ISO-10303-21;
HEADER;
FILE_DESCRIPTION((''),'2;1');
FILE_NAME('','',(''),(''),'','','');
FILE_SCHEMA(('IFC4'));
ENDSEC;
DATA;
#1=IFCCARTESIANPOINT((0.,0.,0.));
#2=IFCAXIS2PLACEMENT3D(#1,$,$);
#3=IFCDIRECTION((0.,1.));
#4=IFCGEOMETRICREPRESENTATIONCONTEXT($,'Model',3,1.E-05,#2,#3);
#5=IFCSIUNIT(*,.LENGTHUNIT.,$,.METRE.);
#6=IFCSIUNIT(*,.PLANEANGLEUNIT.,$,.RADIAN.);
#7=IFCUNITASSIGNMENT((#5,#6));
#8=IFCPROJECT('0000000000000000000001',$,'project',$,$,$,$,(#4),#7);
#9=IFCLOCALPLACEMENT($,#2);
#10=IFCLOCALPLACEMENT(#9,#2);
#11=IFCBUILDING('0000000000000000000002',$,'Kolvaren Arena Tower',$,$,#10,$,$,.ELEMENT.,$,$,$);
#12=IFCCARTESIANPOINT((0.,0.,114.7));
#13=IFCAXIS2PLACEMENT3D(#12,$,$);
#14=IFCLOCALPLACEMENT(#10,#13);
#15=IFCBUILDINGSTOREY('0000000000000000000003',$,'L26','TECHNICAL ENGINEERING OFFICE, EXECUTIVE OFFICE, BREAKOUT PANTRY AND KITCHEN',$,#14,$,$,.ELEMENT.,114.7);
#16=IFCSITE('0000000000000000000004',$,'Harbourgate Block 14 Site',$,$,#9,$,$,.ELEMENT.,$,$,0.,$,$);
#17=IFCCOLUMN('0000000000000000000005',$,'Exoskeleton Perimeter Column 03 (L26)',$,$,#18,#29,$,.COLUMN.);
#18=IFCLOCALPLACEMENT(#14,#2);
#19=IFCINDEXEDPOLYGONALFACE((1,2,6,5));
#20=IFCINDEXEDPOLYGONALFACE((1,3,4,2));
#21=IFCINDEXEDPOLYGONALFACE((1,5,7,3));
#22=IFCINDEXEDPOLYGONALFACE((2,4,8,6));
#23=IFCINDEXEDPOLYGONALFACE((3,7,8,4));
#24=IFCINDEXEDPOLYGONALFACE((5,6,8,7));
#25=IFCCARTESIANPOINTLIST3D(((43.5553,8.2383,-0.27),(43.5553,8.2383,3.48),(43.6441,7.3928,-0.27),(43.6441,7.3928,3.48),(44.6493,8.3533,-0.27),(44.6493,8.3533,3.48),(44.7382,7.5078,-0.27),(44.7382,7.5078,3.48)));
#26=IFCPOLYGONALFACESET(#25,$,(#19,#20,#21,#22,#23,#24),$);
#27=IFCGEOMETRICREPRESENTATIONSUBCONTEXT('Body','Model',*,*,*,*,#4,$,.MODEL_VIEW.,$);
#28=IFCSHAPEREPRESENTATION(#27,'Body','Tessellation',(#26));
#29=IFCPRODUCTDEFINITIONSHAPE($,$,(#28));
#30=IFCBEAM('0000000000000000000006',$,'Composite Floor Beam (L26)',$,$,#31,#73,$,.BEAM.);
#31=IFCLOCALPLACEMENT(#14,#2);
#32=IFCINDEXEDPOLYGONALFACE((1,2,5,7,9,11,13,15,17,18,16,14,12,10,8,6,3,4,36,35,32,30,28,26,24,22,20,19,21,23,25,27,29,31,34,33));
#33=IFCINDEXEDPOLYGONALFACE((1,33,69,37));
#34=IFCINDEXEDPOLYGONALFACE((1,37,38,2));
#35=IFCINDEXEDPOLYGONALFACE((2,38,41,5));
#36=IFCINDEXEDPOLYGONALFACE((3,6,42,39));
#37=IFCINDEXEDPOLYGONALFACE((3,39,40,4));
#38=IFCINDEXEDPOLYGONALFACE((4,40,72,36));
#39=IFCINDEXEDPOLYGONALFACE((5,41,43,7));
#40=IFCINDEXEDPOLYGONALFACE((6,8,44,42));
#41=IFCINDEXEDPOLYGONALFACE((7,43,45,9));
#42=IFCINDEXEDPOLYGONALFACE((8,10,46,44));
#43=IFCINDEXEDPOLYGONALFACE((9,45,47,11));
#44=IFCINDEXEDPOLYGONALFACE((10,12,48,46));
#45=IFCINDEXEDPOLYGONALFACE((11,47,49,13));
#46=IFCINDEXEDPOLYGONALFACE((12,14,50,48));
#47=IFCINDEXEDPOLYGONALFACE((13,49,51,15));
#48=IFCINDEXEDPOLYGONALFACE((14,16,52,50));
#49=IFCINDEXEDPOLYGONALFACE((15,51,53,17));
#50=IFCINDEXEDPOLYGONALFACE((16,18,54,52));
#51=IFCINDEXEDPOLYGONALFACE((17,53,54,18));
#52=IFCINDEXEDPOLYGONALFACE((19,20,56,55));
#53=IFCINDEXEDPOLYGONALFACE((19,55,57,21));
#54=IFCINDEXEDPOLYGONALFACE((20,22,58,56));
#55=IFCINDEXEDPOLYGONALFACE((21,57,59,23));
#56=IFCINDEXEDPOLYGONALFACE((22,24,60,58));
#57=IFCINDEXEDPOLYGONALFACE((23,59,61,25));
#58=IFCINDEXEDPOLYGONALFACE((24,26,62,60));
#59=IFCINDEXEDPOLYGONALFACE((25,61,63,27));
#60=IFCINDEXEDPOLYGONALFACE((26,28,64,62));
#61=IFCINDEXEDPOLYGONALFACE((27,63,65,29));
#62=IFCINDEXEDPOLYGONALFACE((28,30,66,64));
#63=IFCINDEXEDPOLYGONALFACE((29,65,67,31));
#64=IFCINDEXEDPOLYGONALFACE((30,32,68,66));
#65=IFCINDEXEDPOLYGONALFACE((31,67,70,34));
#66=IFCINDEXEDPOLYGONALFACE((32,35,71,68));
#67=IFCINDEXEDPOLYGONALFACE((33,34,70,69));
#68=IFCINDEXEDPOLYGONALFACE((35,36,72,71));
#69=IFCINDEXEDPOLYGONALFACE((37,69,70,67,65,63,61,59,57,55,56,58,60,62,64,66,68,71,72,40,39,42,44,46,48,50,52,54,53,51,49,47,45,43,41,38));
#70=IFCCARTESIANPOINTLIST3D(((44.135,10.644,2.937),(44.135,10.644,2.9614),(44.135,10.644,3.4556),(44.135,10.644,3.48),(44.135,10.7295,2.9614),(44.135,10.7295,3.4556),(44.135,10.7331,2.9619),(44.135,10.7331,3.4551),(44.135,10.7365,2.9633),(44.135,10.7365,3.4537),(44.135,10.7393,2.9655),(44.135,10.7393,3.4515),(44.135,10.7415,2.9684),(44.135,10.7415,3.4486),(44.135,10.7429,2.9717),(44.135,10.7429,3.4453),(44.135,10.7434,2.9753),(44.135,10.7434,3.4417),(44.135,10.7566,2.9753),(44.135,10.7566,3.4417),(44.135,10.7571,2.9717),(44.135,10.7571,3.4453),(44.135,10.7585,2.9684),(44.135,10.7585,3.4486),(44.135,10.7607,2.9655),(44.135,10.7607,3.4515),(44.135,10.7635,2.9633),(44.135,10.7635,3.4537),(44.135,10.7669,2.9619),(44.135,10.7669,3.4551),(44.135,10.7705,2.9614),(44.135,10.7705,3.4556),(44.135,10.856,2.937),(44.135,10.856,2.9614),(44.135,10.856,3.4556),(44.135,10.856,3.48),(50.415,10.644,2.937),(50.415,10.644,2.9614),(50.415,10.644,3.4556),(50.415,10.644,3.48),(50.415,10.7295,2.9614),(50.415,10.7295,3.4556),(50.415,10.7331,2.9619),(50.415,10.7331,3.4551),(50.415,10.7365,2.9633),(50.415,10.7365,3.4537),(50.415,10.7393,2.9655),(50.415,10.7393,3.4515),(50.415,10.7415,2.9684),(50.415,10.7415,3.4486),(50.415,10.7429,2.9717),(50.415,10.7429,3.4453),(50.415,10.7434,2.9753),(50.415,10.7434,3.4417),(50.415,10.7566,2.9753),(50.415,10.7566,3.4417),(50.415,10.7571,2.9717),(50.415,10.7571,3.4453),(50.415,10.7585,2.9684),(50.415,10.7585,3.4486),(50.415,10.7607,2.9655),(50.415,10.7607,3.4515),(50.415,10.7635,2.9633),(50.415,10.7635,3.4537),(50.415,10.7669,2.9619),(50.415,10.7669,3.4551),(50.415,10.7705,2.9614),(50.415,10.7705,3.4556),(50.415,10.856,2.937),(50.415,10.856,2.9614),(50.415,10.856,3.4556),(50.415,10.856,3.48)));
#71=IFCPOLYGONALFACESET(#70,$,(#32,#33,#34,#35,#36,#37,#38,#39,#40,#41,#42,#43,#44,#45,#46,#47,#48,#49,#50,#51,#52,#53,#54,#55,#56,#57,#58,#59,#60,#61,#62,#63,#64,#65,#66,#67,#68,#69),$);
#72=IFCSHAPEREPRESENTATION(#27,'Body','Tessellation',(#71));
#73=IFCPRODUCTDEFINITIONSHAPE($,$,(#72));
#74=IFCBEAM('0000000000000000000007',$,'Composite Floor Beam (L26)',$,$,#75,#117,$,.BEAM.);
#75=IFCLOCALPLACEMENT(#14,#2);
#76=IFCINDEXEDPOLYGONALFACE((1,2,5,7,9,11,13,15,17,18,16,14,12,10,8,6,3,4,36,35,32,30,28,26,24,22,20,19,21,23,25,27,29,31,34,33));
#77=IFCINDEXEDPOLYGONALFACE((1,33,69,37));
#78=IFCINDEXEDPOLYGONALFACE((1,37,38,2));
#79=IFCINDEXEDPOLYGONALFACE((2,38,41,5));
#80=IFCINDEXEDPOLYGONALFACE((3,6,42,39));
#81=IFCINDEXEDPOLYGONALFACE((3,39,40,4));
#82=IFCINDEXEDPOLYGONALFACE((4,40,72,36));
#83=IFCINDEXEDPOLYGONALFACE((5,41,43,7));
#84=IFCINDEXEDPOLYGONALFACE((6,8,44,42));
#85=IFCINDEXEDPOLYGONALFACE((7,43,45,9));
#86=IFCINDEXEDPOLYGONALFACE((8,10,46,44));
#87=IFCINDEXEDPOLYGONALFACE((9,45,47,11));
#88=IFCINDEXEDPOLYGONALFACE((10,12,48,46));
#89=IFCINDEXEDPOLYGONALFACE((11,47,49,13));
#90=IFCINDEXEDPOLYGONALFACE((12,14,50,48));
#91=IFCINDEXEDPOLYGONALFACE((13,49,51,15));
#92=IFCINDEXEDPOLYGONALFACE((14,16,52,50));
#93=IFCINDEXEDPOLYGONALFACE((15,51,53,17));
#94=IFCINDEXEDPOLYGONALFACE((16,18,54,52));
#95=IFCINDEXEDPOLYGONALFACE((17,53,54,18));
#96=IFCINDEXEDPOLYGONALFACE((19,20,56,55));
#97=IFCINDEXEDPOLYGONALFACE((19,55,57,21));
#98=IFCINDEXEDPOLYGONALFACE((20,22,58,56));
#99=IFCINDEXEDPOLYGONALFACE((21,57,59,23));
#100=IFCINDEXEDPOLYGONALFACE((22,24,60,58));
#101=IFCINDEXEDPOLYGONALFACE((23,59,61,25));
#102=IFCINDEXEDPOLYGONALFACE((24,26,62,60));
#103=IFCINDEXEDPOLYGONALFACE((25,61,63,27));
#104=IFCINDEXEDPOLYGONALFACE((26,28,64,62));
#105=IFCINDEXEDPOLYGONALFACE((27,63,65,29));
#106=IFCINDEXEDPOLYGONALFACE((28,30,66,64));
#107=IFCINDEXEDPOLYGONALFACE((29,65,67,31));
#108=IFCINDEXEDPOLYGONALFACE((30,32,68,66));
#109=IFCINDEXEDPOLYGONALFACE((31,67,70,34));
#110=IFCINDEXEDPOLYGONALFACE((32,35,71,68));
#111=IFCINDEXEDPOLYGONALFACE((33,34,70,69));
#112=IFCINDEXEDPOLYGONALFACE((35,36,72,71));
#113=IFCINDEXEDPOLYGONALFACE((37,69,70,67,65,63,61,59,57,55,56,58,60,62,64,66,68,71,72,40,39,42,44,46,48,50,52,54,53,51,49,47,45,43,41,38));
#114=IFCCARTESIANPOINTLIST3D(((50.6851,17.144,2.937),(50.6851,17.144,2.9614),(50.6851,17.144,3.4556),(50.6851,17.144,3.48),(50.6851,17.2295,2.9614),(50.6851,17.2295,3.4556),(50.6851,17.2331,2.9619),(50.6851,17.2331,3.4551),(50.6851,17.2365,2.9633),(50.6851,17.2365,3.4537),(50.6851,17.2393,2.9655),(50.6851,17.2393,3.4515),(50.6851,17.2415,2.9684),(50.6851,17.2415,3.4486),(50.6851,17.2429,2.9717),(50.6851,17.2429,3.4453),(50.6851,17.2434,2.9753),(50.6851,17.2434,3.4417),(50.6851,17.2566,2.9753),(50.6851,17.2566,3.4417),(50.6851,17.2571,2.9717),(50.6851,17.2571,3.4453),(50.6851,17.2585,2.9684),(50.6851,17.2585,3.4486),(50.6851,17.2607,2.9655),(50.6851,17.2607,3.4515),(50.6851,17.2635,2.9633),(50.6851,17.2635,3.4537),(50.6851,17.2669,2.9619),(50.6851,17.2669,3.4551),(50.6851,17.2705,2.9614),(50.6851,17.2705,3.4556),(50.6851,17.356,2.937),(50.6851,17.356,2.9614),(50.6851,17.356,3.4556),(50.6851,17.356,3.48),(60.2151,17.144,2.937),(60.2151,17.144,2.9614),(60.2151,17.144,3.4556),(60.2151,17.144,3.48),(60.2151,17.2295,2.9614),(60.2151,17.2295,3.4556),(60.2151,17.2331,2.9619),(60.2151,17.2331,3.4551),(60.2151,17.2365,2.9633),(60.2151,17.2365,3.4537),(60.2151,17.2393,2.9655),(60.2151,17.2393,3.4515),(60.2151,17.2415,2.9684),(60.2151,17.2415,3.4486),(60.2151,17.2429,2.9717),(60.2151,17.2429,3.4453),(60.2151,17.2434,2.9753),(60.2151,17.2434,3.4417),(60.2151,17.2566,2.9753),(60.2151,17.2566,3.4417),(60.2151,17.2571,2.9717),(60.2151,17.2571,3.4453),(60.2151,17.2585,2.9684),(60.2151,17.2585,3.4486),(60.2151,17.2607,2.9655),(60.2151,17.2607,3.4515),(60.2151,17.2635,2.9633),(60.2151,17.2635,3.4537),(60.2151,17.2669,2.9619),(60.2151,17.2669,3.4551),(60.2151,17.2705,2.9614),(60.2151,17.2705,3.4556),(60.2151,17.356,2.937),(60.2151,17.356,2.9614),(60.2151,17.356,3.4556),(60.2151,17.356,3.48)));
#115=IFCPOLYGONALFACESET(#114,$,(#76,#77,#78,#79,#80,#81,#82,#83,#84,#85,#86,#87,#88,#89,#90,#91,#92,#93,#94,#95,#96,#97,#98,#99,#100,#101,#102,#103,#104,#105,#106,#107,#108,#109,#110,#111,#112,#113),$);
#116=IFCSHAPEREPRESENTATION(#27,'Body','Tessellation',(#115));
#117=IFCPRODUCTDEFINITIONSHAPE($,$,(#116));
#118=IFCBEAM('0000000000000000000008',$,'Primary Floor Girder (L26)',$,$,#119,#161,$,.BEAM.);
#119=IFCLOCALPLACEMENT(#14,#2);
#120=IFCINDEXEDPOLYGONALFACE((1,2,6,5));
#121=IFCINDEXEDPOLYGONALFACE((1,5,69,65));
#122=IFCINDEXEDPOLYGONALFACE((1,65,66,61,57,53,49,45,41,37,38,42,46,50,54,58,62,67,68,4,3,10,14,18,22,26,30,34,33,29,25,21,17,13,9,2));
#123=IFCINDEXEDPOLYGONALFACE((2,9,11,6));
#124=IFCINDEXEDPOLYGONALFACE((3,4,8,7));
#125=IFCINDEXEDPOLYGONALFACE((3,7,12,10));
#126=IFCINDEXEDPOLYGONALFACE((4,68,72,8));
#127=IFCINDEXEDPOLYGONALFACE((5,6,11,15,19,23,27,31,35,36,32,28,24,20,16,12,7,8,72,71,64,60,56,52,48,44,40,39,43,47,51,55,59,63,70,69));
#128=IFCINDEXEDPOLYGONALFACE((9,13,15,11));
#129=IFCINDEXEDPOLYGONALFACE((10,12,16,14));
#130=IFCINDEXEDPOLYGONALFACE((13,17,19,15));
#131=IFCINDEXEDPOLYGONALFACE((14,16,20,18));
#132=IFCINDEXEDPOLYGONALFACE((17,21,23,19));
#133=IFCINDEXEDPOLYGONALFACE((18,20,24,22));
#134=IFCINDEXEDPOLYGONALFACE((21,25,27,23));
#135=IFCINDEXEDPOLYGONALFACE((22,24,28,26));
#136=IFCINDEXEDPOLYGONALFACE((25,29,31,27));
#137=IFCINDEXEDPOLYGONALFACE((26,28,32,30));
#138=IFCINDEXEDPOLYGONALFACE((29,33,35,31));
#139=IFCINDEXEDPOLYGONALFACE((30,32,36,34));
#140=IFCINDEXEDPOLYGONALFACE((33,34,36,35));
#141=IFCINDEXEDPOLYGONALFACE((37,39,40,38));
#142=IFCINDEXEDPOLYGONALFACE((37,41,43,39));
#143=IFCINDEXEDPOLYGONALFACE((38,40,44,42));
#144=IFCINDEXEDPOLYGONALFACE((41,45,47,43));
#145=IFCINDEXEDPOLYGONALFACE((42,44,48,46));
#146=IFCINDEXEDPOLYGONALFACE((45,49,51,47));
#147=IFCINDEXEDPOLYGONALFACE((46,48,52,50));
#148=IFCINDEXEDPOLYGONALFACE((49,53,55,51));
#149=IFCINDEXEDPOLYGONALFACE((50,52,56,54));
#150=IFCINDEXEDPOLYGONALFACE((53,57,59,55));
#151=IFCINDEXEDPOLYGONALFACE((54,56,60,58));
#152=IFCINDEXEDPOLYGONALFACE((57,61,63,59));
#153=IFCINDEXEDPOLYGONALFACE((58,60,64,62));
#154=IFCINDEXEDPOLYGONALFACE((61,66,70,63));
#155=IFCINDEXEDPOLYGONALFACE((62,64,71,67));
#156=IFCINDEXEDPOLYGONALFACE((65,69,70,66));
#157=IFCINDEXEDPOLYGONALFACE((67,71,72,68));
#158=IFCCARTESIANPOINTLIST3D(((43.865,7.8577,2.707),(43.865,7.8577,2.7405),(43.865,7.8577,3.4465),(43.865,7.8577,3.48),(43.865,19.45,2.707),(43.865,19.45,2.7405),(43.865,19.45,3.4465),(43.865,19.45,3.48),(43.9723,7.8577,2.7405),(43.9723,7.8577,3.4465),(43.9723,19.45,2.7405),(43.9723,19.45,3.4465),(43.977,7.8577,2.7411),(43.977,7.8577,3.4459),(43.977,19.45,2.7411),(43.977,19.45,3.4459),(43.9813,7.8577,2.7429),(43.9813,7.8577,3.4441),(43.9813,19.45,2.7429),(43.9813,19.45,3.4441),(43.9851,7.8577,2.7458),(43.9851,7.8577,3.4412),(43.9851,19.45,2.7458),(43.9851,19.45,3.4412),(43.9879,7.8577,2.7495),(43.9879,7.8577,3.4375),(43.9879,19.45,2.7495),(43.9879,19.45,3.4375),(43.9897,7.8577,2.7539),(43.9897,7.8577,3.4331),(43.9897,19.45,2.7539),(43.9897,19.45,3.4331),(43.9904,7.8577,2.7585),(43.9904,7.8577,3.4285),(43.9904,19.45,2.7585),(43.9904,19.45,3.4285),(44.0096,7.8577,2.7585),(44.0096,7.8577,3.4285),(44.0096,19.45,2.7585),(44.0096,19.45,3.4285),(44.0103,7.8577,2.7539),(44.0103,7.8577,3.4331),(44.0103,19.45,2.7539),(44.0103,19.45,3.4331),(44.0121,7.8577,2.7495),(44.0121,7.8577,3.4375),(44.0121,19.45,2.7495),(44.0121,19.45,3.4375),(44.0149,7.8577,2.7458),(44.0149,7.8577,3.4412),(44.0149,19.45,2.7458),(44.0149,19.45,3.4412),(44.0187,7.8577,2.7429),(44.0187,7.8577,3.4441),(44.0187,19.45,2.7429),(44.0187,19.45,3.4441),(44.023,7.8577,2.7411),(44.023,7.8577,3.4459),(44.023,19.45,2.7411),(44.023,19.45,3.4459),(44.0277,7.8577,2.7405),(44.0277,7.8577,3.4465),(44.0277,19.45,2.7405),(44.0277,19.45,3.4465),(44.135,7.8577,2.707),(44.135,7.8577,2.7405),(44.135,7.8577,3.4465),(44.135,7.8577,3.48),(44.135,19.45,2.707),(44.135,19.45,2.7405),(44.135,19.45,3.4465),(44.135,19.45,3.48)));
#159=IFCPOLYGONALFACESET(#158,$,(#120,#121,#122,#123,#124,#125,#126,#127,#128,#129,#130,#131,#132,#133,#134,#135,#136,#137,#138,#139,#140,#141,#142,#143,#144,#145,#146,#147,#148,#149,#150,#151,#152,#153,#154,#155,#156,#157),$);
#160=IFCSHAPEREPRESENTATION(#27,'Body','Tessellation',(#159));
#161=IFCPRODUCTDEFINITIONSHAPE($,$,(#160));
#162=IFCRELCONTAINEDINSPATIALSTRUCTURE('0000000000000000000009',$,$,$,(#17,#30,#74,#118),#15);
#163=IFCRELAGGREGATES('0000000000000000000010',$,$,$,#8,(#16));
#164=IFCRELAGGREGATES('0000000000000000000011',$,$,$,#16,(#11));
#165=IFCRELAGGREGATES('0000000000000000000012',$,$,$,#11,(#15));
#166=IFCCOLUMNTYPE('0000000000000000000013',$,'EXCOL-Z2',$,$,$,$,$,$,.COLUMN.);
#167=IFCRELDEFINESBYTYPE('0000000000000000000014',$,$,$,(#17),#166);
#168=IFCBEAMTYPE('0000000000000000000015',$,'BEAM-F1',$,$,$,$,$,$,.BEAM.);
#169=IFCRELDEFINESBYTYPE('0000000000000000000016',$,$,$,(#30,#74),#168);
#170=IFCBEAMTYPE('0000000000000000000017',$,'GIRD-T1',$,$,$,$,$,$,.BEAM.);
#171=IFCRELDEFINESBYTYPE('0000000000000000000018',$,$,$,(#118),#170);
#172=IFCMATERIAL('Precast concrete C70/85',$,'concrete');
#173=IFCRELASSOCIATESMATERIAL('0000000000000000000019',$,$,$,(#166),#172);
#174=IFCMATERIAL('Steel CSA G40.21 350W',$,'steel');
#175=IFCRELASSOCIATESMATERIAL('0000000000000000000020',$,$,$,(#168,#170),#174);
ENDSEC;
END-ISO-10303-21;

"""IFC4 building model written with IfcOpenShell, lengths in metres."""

from ifc_helpers import new_model, si_unit, direction, frame, origin, origin_2d, place, context, subcontext, project, spatial, rectangle, i_section, extrude, material, material_profile, profile_set, type_object, element, save


model = new_model("IFC4")

# Units and contexts
model_context = context("Model", 3, precision=1e-05, world=origin(), true_north=direction((0.0, 1.0)))
body_context = subcontext(model_context, "Body", "Model", "MODEL_VIEW")
ifc_project = project(units=[si_unit("LENGTHUNIT", "METRE"), si_unit("PLANEANGLEUNIT", "RADIAN")], contexts=[model_context])

# Site, building, storey
site_placement = place(None, origin())
site = spatial("IfcSite", under=ifc_project, at=site_placement, Name="Harbourgate Block 14 Site", CompositionType="ELEMENT", RefElevation=0.0)
building_placement = place(site_placement, origin())
building = spatial("IfcBuilding", under=site, at=building_placement, Name="Kolvaren Arena Tower", CompositionType="ELEMENT")
storey_placement = place(building_placement, frame((0.0, 0.0, 114.7)))
storey = spatial("IfcBuildingStorey", under=building, at=storey_placement, Name="L26", Description="TECHNICAL ENGINEERING OFFICE, EXECUTIVE OFFICE, BREAKOUT PANTRY AND KITCHEN", CompositionType="ELEMENT", Elevation=114.7)

# Column
ifc_material_1 = material(Name="Precast concrete C70/85", Category="concrete")
ifc_material_profile_1 = material_profile(ifc_material_1, rectangle(XDim=1.1001, YDim=0.8501, at=origin_2d()), Name="RC-1100x850")
ifc_profile_set_1 = profile_set([ifc_material_profile_1], Name="Precast concrete C70/85")
column_type = type_object("IfcColumnType", Name="EXCOL-Z2", PredefinedType="COLUMN", material=ifc_profile_set_1)
column_placement = place(storey_placement, frame((44.1467, 7.873, -0.27), z_axis=(0.0, 0.0, 1.0), x_axis=(0.994522, 0.104528, 0.0)))
element("IfcColumn", 1, at=column_placement, inside=storey, type_object=column_type, Name="Exoskeleton Perimeter Column 03 (L26)", PredefinedType="COLUMN", context=body_context, shape_type="SweptSolid", body=[
    extrude(rectangle(XDim=1.1001, YDim=0.8501, at=origin_2d()), origin(), (0.0, 0.0, 1.0), 3.75),
])

# Beams
ifc_material_2 = material(Name="Steel CSA G40.21 350W", Category="steel")
ifc_material_profile_2 = material_profile(ifc_material_2, i_section(OverallWidth=0.2119, OverallDepth=0.543, WebThickness=0.0132, FlangeThickness=0.0244, FilletRadius=0.0139, at=origin_2d()), Name="W530x150")
ifc_profile_set_2 = profile_set([ifc_material_profile_2], Name="Steel CSA G40.21 350W")
beam_type_1 = type_object("IfcBeamType", Name="BEAM-F1", PredefinedType="BEAM", material=ifc_profile_set_2)
beam_1_placement = place(storey_placement, frame((44.135, 10.75, 3.2085), z_axis=(1.0, 0.0, 0.0), x_axis=(0.0, 1.0, 0.0)))
element("IfcBeam", 2, at=beam_1_placement, inside=storey, type_object=beam_type_1, Name="Composite Floor Beam (L26)", PredefinedType="BEAM", context=body_context, shape_type="SweptSolid", body=[
    extrude(i_section(OverallWidth=0.2119, OverallDepth=0.543, WebThickness=0.0132, FlangeThickness=0.0244, FilletRadius=0.0139, at=origin_2d()), origin(), (0.0, 0.0, 1.0), 6.28),
])
beam_2_placement = place(storey_placement, frame((50.6851, 17.25, 3.2085), z_axis=(1.0, 0.0, 0.0), x_axis=(0.0, 1.0, 0.0)))
element("IfcBeam", 3, at=beam_2_placement, inside=storey, type_object=beam_type_1, Name="Composite Floor Beam (L26)", PredefinedType="BEAM", context=body_context, shape_type="SweptSolid", body=[
    extrude(i_section(OverallWidth=0.2119, OverallDepth=0.543, WebThickness=0.0132, FlangeThickness=0.0244, FilletRadius=0.0139, at=origin_2d()), origin(), (0.0, 0.0, 1.0), 9.53),
])
ifc_material_profile_3 = material_profile(ifc_material_2, i_section(OverallWidth=0.27, OverallDepth=0.7729, WebThickness=0.0193, FlangeThickness=0.0334, FilletRadius=0.0181, at=origin_2d()), Name="W760x257")
ifc_profile_set_3 = profile_set([ifc_material_profile_3], Name="Steel CSA G40.21 350W")
beam_type_2 = type_object("IfcBeamType", Name="GIRD-T1", PredefinedType="BEAM", material=ifc_profile_set_3)
beam_3_placement = place(storey_placement, frame((44.0, 7.8577, 3.0935), z_axis=(0.0, 1.0, 0.0), x_axis=(-1.0, 0.0, 0.0)))
element("IfcBeam", 4, at=beam_3_placement, inside=storey, type_object=beam_type_2, Name="Primary Floor Girder (L26)", PredefinedType="BEAM", context=body_context, shape_type="SweptSolid", body=[
    extrude(i_section(OverallWidth=0.27, OverallDepth=0.7729, WebThickness=0.0193, FlangeThickness=0.0334, FilletRadius=0.0181, at=origin_2d()), origin(), (0.0, 0.0, 1.0), 11.5923),
])

save(model, "model.ifc")
